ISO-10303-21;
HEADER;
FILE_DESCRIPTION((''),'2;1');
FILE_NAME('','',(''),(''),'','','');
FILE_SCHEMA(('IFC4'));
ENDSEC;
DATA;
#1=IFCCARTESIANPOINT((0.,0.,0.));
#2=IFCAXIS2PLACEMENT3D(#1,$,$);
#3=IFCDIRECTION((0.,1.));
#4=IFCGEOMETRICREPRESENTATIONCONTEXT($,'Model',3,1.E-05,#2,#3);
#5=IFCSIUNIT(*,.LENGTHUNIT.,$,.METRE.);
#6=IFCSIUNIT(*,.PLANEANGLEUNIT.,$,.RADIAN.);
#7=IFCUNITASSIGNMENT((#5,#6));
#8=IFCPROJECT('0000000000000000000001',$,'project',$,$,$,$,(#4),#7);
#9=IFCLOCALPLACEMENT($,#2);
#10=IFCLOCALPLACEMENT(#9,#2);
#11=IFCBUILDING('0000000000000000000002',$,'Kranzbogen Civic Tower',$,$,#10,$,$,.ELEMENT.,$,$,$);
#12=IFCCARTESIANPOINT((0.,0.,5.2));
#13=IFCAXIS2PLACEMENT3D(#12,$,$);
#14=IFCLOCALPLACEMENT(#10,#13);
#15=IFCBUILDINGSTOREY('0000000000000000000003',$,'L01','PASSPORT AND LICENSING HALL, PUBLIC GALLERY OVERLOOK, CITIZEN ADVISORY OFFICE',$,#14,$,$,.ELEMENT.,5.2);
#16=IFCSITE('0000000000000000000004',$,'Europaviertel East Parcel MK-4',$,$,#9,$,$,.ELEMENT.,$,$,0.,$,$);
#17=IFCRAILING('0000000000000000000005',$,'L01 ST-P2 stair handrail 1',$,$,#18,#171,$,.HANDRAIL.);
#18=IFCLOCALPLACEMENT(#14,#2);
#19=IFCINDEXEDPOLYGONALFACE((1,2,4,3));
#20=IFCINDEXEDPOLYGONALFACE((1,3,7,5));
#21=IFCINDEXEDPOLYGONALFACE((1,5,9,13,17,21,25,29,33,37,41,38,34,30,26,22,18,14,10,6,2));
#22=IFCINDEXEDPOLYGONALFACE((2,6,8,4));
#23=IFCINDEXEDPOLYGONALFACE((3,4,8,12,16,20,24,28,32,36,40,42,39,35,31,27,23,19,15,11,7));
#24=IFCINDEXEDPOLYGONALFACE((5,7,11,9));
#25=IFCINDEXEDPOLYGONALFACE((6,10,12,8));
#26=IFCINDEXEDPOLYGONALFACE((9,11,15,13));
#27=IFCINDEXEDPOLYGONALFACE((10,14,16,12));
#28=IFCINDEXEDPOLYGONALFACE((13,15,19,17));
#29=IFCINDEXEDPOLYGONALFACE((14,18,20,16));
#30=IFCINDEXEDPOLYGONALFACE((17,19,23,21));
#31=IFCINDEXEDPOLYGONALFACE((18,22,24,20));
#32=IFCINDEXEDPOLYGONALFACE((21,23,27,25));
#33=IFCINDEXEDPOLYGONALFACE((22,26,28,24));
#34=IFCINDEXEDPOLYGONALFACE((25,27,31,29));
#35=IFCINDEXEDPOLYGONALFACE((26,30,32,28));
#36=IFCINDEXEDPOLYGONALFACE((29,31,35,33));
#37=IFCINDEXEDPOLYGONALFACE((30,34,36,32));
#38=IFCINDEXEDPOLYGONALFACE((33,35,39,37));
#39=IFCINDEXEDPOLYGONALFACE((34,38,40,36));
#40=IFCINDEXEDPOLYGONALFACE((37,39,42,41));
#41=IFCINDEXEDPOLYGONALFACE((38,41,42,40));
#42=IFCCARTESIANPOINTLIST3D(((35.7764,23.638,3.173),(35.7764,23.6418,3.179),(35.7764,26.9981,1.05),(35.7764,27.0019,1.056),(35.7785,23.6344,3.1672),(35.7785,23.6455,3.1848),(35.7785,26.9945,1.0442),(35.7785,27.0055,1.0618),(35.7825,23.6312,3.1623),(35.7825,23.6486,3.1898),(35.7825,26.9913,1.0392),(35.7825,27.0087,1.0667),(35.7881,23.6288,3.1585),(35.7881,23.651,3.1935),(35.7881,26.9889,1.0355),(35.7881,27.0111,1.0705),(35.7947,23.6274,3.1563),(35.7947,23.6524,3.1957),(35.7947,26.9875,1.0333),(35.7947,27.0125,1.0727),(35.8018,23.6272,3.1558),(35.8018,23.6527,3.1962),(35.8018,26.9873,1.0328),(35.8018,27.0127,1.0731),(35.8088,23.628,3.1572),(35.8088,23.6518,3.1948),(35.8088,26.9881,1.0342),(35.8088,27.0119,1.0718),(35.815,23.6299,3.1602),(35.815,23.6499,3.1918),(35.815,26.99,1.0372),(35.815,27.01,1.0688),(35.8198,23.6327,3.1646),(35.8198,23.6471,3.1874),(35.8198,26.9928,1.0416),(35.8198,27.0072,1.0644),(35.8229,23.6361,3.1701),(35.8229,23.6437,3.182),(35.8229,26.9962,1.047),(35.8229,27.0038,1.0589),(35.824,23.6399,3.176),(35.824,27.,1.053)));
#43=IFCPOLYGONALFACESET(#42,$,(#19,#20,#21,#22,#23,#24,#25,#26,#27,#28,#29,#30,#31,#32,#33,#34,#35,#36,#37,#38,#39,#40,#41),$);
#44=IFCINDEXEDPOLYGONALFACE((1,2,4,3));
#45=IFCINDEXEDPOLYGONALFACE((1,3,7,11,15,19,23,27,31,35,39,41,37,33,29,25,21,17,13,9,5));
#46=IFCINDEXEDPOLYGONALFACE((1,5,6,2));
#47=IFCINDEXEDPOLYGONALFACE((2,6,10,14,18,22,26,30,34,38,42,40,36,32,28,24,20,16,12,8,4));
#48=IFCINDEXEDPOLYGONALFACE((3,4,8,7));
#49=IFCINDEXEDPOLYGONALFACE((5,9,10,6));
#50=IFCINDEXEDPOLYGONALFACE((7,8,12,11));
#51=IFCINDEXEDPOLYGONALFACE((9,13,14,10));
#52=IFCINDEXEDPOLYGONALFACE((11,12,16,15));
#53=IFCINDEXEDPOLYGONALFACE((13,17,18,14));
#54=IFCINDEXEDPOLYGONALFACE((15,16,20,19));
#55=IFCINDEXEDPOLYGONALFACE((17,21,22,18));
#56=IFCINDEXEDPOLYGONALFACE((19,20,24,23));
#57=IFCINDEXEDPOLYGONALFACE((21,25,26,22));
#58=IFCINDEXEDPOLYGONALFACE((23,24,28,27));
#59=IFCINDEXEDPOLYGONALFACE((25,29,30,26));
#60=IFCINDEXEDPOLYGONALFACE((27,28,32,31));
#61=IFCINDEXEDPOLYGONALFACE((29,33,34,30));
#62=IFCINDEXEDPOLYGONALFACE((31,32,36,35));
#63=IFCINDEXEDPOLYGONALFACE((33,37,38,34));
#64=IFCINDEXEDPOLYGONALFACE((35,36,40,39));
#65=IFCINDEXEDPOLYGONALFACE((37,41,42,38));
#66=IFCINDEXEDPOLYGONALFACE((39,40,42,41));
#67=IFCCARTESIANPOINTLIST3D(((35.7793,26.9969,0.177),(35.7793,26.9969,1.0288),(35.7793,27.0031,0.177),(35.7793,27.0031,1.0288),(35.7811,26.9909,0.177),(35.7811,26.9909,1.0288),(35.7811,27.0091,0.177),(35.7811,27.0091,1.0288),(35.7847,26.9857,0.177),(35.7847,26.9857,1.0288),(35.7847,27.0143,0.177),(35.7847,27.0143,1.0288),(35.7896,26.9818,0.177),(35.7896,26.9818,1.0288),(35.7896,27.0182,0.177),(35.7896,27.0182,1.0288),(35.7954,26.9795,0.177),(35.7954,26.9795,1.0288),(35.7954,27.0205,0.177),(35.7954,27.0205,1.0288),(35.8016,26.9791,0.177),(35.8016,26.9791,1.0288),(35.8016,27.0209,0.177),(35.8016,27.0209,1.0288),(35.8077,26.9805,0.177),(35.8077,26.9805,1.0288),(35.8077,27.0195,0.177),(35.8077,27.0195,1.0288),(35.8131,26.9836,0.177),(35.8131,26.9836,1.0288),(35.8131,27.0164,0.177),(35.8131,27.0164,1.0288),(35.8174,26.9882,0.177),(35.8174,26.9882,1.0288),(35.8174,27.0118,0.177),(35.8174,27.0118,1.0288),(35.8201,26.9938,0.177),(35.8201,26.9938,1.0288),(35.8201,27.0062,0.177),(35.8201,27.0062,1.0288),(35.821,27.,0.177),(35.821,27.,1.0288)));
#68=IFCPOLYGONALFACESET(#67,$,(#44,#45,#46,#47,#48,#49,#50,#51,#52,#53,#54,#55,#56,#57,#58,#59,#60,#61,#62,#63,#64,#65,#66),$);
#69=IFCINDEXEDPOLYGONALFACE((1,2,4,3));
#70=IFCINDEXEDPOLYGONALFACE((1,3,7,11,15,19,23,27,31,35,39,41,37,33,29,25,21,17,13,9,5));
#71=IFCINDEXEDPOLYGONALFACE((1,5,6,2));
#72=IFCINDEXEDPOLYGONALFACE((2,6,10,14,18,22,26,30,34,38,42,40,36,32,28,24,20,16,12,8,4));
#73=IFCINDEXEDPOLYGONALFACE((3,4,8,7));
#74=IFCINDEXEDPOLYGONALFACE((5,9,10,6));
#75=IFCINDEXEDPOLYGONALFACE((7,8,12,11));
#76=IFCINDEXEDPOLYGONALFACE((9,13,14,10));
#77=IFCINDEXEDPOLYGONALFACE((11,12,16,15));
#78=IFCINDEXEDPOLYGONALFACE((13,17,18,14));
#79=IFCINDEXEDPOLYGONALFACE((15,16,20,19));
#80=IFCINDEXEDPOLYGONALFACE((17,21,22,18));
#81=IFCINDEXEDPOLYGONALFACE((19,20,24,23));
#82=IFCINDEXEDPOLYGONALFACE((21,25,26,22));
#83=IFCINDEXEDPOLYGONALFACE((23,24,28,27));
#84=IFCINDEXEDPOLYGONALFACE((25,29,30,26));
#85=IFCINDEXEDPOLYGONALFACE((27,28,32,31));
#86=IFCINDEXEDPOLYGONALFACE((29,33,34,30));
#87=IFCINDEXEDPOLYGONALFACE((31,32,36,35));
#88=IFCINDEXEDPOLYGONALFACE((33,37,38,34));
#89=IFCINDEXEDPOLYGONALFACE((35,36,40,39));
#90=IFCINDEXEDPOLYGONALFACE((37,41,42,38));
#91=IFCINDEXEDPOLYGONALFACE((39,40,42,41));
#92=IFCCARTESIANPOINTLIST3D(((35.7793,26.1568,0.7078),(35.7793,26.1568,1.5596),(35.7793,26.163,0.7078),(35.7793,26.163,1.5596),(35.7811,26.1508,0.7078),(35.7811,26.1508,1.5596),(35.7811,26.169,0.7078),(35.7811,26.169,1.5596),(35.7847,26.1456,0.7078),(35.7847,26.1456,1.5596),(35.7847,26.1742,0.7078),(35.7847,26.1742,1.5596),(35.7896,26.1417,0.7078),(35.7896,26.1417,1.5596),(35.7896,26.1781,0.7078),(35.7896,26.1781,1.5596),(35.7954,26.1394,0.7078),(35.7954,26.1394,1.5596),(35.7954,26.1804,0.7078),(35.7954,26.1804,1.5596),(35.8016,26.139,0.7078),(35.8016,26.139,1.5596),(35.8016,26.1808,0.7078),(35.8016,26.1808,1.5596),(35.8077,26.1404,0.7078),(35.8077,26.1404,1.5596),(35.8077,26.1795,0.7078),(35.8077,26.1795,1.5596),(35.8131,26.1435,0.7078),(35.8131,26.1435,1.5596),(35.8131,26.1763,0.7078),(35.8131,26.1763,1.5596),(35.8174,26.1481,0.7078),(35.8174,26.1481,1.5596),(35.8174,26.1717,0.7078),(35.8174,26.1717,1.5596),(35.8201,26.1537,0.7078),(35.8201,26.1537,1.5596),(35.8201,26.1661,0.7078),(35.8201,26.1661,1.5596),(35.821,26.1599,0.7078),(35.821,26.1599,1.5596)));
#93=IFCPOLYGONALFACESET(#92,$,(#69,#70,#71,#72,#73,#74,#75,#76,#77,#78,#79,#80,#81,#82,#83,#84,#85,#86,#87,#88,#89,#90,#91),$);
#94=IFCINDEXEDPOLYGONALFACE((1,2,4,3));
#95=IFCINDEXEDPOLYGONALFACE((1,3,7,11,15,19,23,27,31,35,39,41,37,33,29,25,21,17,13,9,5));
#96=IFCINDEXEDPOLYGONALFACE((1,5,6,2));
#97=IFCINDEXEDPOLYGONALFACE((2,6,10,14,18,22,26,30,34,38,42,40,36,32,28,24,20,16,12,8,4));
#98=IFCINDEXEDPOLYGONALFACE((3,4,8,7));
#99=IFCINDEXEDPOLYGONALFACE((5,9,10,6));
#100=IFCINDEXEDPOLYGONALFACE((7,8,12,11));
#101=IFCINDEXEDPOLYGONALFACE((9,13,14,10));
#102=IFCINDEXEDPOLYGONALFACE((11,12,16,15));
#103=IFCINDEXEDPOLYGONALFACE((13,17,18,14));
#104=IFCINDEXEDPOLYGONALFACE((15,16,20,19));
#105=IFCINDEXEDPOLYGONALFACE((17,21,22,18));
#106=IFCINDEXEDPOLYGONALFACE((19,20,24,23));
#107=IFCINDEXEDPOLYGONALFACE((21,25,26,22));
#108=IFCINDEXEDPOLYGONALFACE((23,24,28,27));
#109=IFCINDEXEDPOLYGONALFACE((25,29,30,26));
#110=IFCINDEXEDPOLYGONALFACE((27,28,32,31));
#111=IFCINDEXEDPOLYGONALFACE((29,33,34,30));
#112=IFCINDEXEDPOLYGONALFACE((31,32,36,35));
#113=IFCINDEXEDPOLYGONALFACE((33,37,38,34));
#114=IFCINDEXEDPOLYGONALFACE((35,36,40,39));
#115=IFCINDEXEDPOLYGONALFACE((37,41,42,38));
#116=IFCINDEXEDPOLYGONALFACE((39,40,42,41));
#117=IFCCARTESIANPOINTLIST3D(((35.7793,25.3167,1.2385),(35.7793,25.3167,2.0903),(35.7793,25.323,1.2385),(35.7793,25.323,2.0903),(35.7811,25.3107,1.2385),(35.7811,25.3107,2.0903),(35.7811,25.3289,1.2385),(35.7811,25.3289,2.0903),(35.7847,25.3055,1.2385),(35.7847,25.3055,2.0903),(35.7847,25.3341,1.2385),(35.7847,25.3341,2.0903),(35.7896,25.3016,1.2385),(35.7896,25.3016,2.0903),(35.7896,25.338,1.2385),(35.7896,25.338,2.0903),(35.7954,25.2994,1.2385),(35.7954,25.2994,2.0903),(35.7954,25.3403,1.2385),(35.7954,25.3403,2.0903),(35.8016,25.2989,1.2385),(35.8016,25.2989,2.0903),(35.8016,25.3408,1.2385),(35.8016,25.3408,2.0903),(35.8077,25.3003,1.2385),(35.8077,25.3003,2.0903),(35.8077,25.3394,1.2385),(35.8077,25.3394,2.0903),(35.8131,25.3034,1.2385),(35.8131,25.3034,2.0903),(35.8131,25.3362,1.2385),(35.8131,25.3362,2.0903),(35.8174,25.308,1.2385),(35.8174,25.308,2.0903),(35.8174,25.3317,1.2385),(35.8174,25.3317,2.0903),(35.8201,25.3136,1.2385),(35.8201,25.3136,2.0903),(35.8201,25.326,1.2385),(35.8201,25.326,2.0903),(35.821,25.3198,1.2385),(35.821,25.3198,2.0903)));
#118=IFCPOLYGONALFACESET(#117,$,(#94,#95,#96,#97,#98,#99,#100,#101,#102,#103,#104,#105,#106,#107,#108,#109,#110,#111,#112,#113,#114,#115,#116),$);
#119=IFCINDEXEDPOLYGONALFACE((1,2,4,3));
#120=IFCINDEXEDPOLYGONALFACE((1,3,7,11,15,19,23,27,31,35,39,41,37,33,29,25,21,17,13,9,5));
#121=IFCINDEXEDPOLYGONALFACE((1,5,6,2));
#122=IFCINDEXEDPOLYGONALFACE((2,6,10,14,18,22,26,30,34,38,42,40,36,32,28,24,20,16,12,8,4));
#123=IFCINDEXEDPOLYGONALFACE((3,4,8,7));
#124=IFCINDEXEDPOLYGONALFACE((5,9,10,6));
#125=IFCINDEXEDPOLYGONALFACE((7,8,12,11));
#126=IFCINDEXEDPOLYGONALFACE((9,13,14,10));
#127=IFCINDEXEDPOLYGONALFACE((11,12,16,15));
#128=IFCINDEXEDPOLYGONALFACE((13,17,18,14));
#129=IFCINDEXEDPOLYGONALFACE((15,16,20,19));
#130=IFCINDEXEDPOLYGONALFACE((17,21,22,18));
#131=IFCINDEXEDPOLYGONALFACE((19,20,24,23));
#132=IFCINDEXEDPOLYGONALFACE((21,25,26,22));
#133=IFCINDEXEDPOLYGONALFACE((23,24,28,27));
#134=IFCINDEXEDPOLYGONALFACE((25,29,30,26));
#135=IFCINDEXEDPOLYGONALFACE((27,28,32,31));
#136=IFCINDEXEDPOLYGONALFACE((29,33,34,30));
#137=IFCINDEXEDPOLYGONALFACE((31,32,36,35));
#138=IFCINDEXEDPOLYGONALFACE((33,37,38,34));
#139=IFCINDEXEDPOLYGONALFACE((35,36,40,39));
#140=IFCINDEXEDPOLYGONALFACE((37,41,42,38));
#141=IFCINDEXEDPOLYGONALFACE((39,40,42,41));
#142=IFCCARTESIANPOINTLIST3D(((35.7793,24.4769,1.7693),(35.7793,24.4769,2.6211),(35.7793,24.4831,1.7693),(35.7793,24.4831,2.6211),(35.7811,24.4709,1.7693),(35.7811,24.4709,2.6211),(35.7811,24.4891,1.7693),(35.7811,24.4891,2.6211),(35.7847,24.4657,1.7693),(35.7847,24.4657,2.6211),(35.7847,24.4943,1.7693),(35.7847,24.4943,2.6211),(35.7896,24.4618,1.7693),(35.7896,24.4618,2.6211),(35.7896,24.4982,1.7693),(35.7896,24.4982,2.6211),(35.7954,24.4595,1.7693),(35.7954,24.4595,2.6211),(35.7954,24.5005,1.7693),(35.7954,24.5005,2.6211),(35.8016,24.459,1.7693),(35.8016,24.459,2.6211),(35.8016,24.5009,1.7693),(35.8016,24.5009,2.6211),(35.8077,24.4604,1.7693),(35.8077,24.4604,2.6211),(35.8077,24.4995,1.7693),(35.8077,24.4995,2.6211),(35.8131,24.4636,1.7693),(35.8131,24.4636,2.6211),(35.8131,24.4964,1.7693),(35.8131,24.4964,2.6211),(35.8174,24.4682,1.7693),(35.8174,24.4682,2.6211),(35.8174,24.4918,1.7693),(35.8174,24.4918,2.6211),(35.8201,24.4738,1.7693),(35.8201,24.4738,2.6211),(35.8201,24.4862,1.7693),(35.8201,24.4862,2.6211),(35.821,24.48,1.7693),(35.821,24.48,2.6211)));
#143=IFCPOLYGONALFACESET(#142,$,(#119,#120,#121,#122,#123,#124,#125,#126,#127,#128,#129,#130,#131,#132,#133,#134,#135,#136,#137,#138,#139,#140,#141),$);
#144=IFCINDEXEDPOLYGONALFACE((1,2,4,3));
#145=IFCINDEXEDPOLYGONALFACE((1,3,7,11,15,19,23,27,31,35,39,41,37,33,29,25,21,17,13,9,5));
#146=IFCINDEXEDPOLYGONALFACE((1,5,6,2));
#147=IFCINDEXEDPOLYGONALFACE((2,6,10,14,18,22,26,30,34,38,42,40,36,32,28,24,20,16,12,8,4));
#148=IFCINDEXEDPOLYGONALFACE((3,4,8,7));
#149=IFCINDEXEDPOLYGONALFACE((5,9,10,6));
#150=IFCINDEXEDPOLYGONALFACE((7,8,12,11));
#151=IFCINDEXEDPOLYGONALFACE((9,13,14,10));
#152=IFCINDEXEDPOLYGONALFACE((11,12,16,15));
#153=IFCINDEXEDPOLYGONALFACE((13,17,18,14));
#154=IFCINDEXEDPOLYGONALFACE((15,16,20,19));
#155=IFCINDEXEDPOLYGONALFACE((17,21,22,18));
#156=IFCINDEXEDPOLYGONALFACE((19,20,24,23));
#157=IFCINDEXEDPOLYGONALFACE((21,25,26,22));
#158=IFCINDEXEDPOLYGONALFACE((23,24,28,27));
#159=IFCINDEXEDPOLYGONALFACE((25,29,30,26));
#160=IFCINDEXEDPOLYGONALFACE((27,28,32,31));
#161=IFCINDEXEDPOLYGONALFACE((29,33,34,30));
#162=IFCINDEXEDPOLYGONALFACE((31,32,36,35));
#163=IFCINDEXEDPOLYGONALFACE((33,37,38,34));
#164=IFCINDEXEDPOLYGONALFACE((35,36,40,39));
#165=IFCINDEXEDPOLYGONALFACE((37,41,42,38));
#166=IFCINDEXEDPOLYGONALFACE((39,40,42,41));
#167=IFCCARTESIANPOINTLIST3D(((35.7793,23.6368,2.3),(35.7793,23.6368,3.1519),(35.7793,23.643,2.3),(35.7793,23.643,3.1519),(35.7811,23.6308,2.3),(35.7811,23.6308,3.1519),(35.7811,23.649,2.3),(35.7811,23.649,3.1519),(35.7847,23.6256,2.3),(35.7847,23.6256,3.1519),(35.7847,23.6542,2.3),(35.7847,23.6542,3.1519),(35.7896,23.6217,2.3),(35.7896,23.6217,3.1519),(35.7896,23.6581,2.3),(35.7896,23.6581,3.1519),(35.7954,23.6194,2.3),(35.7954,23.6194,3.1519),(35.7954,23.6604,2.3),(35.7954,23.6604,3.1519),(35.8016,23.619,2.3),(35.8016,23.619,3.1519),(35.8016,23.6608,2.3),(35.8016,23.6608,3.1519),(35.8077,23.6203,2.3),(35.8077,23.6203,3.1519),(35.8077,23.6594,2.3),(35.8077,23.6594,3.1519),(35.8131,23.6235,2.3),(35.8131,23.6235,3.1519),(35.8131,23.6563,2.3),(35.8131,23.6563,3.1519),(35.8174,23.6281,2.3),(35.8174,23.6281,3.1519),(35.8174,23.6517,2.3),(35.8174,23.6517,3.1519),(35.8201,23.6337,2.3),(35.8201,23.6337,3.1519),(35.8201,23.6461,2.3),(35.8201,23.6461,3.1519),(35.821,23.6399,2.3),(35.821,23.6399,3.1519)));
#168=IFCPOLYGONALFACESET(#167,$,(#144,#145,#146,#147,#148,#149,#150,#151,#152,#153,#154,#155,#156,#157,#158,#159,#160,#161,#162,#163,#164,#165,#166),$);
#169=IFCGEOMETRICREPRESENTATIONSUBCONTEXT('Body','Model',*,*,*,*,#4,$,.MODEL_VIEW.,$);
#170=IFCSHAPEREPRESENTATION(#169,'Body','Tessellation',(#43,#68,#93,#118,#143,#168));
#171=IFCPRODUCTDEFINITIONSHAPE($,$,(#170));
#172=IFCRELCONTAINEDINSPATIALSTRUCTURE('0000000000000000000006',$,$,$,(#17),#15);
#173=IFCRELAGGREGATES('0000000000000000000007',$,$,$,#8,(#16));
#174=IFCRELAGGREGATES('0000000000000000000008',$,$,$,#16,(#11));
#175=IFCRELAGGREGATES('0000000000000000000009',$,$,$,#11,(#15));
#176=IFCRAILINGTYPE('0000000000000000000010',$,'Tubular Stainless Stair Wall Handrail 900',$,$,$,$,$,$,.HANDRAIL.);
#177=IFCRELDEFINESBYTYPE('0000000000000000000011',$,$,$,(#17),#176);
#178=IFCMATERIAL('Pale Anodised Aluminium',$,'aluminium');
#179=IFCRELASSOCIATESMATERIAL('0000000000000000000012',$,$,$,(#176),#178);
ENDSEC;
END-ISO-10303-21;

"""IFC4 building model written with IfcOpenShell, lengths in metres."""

from ifc_helpers import new_model, si_unit, direction, frame, origin, origin_2d, place, context, subcontext, project, spatial, circle, extrude, material, type_object, element, save


model = new_model("IFC4")

# Units and contexts
model_context = context("Model", 3, precision=1e-05, world=origin(), true_north=direction((0.0, 1.0)))
body_context = subcontext(model_context, "Body", "Model", "MODEL_VIEW")
ifc_project = project(units=[si_unit("LENGTHUNIT", "METRE"), si_unit("PLANEANGLEUNIT", "RADIAN")], contexts=[model_context])

# Site, building, storey
site_placement = place(None, origin())
site = spatial("IfcSite", under=ifc_project, at=site_placement, Name="Europaviertel East Parcel MK-4", CompositionType="ELEMENT", RefElevation=0.0)
building_placement = place(site_placement, origin())
building = spatial("IfcBuilding", under=site, at=building_placement, Name="Kranzbogen Civic Tower", CompositionType="ELEMENT")
storey_placement = place(building_placement, frame((0.0, 0.0, 5.2)))
storey = spatial("IfcBuildingStorey", under=building, at=storey_placement, Name="L01", Description="PASSPORT AND LICENSING HALL, PUBLIC GALLERY OVERLOOK, CITIZEN ADVISORY OFFICE", CompositionType="ELEMENT", Elevation=5.2)

# Shared definitions
ifc_material_1 = material(Name="Pale Anodised Aluminium", Category="aluminium")

# Railing
railing_type_1 = type_object("IfcRailingType", Name="Tubular Stainless Stair Wall Handrail 900", PredefinedType="HANDRAIL", material=ifc_material_1)
railing_1_placement = place(storey_placement, frame((35.8, 27.0, 0.177)))
element("IfcRailing", 1, at=railing_1_placement, inside=storey, type_object=railing_type_1, Name="L01 ST-P2 stair handrail 1", PredefinedType="HANDRAIL", context=body_context, shape_type="SweptSolid", body=[
    extrude(circle(Radius=0.0239, at=origin_2d()), frame((0.0, 0.0, 0.876), z_axis=(0.0, -0.84539, 0.53415), x_axis=(1.0, 0.0, 0.0)), (0.0, 0.0, 1.0), 3.9746),
    extrude(circle(Radius=0.021, at=origin_2d()), origin(), (0.0, 0.0, 1.0), 0.8518),
    extrude(circle(Radius=0.021, at=origin_2d()), frame((0.0, -0.8401, 0.5308)), (0.0, 0.0, 1.0), 0.8518),
    extrude(circle(Radius=0.021, at=origin_2d()), frame((0.0, -1.6802, 1.0615)), (0.0, 0.0, 1.0), 0.8518),
    extrude(circle(Radius=0.021, at=origin_2d()), frame((0.0, -2.52, 1.5923)), (0.0, 0.0, 1.0), 0.8518),
    extrude(circle(Radius=0.021, at=origin_2d()), frame((0.0, -3.3601, 2.123)), (0.0, 0.0, 1.0), 0.8518),
])

save(model, "model.ifc")
